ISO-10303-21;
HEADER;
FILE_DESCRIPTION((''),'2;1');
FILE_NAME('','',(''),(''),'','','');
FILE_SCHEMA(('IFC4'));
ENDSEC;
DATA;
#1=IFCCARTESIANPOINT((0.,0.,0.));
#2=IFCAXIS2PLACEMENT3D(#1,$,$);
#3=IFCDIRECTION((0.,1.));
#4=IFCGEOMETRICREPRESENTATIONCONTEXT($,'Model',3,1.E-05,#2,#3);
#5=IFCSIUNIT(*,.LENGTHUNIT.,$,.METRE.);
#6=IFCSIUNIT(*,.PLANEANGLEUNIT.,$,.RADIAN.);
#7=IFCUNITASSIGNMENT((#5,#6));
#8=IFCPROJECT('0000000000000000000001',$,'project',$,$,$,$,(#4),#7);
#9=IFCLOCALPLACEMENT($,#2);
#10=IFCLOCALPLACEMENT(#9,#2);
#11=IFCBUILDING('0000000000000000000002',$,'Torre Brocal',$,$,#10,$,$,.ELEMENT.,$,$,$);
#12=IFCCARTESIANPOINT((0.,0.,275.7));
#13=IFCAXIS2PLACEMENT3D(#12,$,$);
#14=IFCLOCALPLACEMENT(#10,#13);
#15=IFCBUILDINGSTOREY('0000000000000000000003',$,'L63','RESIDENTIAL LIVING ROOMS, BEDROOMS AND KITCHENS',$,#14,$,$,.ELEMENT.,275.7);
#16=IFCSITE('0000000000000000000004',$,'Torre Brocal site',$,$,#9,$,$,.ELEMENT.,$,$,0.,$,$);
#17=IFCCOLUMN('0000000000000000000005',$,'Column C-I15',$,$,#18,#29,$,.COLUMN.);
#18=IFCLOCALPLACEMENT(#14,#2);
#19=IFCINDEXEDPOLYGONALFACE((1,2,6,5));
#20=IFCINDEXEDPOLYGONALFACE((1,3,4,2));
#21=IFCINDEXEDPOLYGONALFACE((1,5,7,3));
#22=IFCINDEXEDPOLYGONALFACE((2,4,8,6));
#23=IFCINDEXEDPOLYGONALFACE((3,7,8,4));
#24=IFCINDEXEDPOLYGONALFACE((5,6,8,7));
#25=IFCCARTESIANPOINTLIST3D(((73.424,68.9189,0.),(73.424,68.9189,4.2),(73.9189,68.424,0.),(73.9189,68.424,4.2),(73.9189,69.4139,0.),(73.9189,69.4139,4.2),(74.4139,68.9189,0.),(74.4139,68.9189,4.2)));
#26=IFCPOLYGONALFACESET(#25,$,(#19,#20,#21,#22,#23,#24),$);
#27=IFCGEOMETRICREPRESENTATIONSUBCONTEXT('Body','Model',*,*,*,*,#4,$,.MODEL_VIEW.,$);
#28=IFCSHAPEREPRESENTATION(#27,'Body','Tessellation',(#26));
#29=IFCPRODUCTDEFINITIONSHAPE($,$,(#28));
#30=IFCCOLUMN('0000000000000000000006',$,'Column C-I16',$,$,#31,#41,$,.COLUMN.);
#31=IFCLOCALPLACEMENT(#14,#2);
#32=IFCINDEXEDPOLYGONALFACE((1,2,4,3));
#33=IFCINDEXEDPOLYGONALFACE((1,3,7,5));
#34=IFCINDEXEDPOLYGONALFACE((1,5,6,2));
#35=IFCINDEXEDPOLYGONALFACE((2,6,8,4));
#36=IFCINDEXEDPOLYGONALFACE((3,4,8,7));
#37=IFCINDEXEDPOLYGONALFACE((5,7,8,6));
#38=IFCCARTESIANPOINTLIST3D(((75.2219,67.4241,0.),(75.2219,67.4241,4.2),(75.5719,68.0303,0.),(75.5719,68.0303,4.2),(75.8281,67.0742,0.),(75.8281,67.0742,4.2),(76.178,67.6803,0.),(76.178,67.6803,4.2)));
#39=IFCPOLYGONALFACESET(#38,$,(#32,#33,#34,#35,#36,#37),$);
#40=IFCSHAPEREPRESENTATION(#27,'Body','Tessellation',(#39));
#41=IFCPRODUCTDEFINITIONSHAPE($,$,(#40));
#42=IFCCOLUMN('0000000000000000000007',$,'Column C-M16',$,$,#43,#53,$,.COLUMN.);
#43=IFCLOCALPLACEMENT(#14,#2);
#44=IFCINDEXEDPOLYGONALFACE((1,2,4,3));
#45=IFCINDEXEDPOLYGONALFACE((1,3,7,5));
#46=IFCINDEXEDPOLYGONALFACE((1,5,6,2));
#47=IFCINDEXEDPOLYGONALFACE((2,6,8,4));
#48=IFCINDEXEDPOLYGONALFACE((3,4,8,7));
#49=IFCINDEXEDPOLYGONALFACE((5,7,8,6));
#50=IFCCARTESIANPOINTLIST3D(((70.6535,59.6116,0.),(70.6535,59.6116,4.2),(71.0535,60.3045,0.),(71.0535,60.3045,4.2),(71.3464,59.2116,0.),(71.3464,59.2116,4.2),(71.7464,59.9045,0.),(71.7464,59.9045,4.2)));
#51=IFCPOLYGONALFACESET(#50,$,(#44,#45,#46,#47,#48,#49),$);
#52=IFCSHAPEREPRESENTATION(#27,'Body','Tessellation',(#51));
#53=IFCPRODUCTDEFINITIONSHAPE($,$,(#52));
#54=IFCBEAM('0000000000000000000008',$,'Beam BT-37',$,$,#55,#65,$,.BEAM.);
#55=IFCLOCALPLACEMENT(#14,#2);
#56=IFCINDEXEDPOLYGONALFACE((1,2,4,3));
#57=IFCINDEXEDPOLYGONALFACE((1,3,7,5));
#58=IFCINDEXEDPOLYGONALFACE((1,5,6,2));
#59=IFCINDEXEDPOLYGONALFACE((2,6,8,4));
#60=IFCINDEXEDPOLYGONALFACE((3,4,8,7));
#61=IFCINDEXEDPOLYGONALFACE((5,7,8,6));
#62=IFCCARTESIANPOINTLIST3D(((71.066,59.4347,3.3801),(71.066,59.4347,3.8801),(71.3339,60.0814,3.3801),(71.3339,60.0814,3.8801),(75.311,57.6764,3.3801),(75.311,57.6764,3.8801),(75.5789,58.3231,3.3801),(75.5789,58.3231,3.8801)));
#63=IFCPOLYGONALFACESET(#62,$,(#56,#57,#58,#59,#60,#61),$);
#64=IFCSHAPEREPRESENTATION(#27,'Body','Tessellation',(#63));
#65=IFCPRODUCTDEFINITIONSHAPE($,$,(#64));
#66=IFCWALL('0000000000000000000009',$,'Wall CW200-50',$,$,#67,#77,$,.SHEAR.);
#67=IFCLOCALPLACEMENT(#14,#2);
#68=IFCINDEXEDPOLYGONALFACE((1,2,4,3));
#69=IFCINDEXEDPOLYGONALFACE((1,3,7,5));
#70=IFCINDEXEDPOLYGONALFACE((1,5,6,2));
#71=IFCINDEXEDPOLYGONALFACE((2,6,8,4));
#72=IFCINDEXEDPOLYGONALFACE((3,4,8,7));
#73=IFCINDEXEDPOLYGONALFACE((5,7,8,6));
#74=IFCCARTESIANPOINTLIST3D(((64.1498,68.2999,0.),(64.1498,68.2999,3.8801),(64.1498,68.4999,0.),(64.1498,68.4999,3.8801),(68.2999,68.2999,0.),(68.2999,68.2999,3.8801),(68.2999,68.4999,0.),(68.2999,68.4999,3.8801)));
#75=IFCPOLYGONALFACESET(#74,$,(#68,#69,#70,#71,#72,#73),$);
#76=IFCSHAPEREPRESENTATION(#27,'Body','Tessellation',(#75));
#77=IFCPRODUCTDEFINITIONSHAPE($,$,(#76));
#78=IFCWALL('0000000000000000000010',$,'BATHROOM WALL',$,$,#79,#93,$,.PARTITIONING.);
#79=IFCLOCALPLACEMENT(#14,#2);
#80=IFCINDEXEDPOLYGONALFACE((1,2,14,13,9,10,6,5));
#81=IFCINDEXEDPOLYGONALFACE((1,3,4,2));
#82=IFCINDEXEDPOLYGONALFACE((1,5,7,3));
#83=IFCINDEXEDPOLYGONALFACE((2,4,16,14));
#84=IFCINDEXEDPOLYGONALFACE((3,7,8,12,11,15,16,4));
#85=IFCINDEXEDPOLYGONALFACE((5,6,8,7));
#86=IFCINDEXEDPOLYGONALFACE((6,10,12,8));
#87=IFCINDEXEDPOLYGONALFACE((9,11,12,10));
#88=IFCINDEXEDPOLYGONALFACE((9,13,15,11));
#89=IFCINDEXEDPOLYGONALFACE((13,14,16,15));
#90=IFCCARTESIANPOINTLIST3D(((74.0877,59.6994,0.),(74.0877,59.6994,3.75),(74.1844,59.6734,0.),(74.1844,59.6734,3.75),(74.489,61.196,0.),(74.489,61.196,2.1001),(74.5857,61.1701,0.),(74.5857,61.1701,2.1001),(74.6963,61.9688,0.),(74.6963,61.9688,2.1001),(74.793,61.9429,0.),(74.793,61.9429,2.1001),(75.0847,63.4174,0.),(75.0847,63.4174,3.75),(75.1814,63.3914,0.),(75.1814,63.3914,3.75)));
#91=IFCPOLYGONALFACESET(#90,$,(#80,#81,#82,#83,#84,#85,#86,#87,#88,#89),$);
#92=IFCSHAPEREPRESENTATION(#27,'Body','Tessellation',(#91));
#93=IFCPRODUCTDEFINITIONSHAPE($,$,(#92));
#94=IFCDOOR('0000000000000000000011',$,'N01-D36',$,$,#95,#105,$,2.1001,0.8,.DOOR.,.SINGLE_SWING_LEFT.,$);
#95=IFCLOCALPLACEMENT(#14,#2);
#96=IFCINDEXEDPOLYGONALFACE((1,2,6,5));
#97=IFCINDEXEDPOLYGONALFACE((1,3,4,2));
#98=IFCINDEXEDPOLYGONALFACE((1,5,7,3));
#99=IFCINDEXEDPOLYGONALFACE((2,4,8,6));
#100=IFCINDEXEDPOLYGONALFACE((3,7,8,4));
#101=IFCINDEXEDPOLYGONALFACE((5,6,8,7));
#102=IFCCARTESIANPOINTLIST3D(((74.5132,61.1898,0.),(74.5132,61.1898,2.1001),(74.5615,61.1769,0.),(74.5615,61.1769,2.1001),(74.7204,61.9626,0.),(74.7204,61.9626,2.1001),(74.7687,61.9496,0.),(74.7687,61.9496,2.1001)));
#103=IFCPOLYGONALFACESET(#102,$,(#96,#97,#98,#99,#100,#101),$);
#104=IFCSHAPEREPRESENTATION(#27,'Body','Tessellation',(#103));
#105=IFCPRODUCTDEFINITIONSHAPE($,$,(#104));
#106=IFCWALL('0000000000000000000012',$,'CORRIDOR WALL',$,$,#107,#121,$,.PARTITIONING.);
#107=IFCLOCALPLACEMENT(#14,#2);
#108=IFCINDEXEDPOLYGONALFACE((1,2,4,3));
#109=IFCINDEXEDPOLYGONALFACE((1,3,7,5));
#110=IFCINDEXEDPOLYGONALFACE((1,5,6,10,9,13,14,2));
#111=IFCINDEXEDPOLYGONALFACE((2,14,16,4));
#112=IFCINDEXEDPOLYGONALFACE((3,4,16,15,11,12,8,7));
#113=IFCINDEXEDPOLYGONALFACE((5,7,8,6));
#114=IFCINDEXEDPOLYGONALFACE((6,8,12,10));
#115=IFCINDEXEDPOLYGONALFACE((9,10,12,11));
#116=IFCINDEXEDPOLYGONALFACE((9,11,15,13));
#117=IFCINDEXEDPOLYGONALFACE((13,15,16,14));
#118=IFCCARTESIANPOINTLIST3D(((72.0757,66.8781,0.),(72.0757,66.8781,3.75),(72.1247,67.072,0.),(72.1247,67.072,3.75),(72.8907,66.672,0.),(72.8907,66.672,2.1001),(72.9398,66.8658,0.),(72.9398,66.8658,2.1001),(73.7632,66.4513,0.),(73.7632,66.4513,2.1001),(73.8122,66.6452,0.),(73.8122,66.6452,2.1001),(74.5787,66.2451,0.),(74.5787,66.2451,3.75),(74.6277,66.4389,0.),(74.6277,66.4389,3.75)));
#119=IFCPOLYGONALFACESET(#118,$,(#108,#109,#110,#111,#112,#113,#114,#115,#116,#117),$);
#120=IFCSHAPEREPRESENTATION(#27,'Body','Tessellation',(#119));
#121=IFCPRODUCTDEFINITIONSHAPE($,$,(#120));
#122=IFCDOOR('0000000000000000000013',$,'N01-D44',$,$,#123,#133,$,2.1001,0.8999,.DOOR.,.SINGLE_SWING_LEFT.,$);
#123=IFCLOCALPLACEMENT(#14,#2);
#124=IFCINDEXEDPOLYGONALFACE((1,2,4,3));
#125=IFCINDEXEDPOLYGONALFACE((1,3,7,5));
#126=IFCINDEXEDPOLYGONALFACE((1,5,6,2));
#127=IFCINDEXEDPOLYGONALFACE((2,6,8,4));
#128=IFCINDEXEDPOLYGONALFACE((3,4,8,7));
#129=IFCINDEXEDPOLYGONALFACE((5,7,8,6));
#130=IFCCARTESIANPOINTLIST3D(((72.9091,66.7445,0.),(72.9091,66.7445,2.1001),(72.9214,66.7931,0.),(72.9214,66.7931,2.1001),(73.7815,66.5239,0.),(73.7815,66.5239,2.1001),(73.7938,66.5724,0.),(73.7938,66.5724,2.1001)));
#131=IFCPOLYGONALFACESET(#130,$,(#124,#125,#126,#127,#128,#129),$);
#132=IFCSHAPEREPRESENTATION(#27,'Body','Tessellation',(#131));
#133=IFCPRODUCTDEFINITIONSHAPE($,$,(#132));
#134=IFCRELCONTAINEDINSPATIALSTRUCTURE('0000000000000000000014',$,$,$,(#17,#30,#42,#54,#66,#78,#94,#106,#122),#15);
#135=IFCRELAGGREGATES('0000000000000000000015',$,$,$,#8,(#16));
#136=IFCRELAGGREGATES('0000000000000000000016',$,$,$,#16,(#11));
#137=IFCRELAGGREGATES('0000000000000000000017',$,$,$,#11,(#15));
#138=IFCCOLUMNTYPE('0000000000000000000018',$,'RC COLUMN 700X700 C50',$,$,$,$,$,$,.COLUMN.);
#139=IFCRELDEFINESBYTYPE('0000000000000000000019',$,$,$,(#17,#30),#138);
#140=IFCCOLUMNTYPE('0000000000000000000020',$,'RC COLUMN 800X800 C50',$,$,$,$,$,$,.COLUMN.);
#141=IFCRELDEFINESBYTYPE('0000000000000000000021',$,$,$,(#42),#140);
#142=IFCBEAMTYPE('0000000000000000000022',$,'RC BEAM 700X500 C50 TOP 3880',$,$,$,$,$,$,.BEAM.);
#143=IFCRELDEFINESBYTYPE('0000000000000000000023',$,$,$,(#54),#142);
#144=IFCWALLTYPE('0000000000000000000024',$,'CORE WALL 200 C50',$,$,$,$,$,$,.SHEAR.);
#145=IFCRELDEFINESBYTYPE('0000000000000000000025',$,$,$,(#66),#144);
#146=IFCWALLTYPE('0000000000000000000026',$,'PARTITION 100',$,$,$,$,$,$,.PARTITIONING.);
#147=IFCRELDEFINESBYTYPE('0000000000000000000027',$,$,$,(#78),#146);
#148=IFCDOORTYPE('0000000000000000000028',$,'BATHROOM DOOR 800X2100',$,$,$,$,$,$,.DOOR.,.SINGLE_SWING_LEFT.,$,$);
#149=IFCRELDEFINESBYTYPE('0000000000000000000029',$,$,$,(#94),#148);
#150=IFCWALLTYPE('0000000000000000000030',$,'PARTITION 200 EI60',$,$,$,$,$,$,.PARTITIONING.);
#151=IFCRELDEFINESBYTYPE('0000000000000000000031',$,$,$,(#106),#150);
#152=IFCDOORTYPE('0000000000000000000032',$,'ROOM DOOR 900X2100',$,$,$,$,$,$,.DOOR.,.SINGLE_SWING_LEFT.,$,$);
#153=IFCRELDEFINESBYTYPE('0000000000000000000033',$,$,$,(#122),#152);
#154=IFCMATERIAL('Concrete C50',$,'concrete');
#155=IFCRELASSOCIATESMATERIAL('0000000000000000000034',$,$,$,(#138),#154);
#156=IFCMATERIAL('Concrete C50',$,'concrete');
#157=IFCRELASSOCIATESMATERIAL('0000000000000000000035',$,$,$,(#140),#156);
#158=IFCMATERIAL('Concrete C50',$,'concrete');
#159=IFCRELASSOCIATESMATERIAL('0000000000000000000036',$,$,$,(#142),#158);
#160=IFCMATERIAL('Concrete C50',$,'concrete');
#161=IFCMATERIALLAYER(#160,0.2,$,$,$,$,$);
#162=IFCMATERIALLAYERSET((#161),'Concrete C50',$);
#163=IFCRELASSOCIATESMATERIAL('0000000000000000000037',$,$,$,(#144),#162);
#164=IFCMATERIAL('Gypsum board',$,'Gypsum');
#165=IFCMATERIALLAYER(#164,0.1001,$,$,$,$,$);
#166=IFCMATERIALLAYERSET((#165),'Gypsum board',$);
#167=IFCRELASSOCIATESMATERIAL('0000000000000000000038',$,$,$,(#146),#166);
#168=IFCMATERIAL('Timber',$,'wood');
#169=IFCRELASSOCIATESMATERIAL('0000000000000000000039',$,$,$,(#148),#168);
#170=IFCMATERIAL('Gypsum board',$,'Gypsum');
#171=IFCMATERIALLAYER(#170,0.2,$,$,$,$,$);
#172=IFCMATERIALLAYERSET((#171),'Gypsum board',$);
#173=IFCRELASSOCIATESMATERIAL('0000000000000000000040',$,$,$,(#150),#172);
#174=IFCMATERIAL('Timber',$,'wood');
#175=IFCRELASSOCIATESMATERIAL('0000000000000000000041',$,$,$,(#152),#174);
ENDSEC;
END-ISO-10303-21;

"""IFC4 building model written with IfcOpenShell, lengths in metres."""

from ifc_helpers import new_model, si_unit, direction, frame, frame_2d, origin, origin_2d, place, context, subcontext, project, spatial, rectangle, extrude, material, layer, layer_set, material_profile, profile_set, type_object, element, fill, save


model = new_model("IFC4")

# Units and contexts
model_context = context("Model", 3, precision=1e-05, world=origin(), true_north=direction((0.0, 1.0)))
body_context = subcontext(model_context, "Body", "Model", "MODEL_VIEW")
ifc_project = project(units=[si_unit("LENGTHUNIT", "METRE"), si_unit("PLANEANGLEUNIT", "RADIAN")], contexts=[model_context])

# Site, building, storey
site_placement = place(None, origin())
site = spatial("IfcSite", under=ifc_project, at=site_placement, Name="Torre Brocal site", CompositionType="ELEMENT", RefElevation=0.0)
building_placement = place(site_placement, origin())
building = spatial("IfcBuilding", under=site, at=building_placement, Name="Torre Brocal", CompositionType="ELEMENT")
storey_placement = place(building_placement, frame((0.0, 0.0, 275.7)))
storey = spatial("IfcBuildingStorey", under=building, at=storey_placement, Name="L63", Description="RESIDENTIAL LIVING ROOMS, BEDROOMS AND KITCHENS", CompositionType="ELEMENT", Elevation=275.7)

# Columns
ifc_material_1 = material(Name="Concrete C50", Category="concrete")
ifc_material_profile_1 = material_profile(ifc_material_1, rectangle(XDim=0.7, YDim=0.7, at=origin_2d()), Name="RC 700X700")
ifc_profile_set_1 = profile_set([ifc_material_profile_1], Name="Concrete C50")
column_type_1 = type_object("IfcColumnType", Name="RC COLUMN 700X700 C50", PredefinedType="COLUMN", material=ifc_profile_set_1)
for number, where, z_axis, x_axis, name in (
    (1, (73.9189, 68.9189, 0.0), (0.0, 0.0, 1.0), (-0.707107, -0.707107, 0.0), "Column C-I15"),
    (2, (75.7, 67.5522, 0.0), (0.0, 0.0, 1.0), (-0.5, -0.866025, 0.0), "Column C-I16"),
):
    element("IfcColumn", number, at=place(storey_placement, frame(where, z_axis=z_axis, x_axis=x_axis)), inside=storey, type_object=column_type_1, Name=name, PredefinedType="COLUMN", context=body_context, shape_type="SweptSolid", body=[
        extrude(rectangle(XDim=0.7, YDim=0.7, at=origin_2d()), origin(), (0.0, 0.0, 1.0), 4.2),
    ])
ifc_material_2 = material(Name="Concrete C50", Category="concrete")
ifc_material_profile_2 = material_profile(ifc_material_2, rectangle(XDim=0.8, YDim=0.8, at=origin_2d()), Name="RC 800X800")
ifc_profile_set_2 = profile_set([ifc_material_profile_2], Name="Concrete C50")
column_type_2 = type_object("IfcColumnType", Name="RC COLUMN 800X800 C50", PredefinedType="COLUMN", material=ifc_profile_set_2)
column_placement = place(storey_placement, frame((71.2, 59.7581, 0.0), z_axis=(0.0, 0.0, 1.0), x_axis=(-0.5, -0.866025, 0.0)))
element("IfcColumn", 3, at=column_placement, inside=storey, type_object=column_type_2, Name="Column C-M16", PredefinedType="COLUMN", context=body_context, shape_type="SweptSolid", body=[
    extrude(rectangle(XDim=0.8, YDim=0.8, at=origin_2d()), origin(), (0.0, 0.0, 1.0), 4.2),
])

# Beam
ifc_material_3 = material(Name="Concrete C50", Category="concrete")
ifc_material_profile_3 = material_profile(ifc_material_3, rectangle(XDim=0.7, YDim=0.5, at=origin_2d()), Name="RC 700X500")
ifc_profile_set_3 = profile_set([ifc_material_profile_3], Name="Concrete C50")
beam_type = type_object("IfcBeamType", Name="RC BEAM 700X500 C50 TOP 3880", PredefinedType="BEAM", material=ifc_profile_set_3)
beam_placement = place(storey_placement, frame((71.2, 59.7581, 3.6301), z_axis=(0.923878, -0.382687, 0.0), x_axis=(0.382687, 0.923878, 0.0)))
element("IfcBeam", 4, at=beam_placement, inside=storey, type_object=beam_type, Name="Beam BT-37", PredefinedType="BEAM", context=body_context, shape_type="SweptSolid", body=[
    extrude(rectangle(XDim=0.7, YDim=0.5, at=origin_2d()), origin(), (0.0, 0.0, 1.0), 4.5947),
])

# Wall
ifc_material_4 = material(Name="Concrete C50", Category="concrete")
ifc_layer_1 = layer(ifc_material_4, 0.2)
ifc_layer_set_1 = layer_set([ifc_layer_1], Name="Concrete C50")
wall_type_1 = type_object("IfcWallType", Name="CORE WALL 200 C50", PredefinedType="SHEAR", material=ifc_layer_set_1)
wall_1_placement = place(storey_placement, frame((68.3, 68.3999, 0.0), z_axis=(0.0, 0.0, 1.0), x_axis=(-1.0, 0.0, 0.0)))
element("IfcWall", 5, at=wall_1_placement, inside=storey, type_object=wall_type_1, Name="Wall CW200-50", PredefinedType="SHEAR", context=body_context, shape_type="SweptSolid", body=[
    extrude(rectangle(XDim=4.1501, YDim=0.2, at=frame_2d((2.0752, 0.0))), origin(), (0.0, 0.0, 1.0), 3.8801),
])

# Walls, openings, doors
ifc_material_5 = material(Name="Gypsum board", Category="Gypsum")
ifc_layer_2 = layer(ifc_material_5, 0.1001)
ifc_layer_set_2 = layer_set([ifc_layer_2], Name="Gypsum board")
wall_type_2 = type_object("IfcWallType", Name="PARTITION 100", PredefinedType="PARTITIONING", material=ifc_layer_set_2)
wall_2_placement = place(storey_placement, frame((74.136, 59.6863, 0.0), z_axis=(0.0, 0.0, 1.0), x_axis=(0.25902, 0.965872, 0.0)))
wall_2 = element("IfcWall", 6, at=wall_2_placement, inside=storey, type_object=wall_type_2, Name="BATHROOM WALL", PredefinedType="PARTITIONING", context=body_context, shape_type="SweptSolid", body=[
    extrude(rectangle(XDim=3.8494, YDim=0.1001, at=frame_2d((1.9248, 0.0))), origin(), (0.0, 0.0, 1.0), 3.75),
])
opening_1_placement = place(wall_2_placement, frame((1.5498, 0.0, 0.0)))
opening_1 = element("IfcOpeningElement", 7, at=opening_1_placement, cuts=wall_2, PredefinedType="OPENING", context=body_context, shape_type="SweptSolid", body=[
    extrude(rectangle(XDim=0.8, YDim=2.1001, at=frame_2d((0.3999, 1.05))), frame((0.0, 0.0601, 0.0), z_axis=(0.0, -1.0, 0.0), x_axis=(1.0, 0.0, 0.0)), (0.0, 0.0, 1.0), 0.1201),
])
ifc_material_6 = material(Name="Timber", Category="wood")
door_type_1 = type_object("IfcDoorType", Name="BATHROOM DOOR 800X2100", OperationType="SINGLE_SWING_LEFT", PredefinedType="DOOR", material=ifc_material_6)
door_1_placement = place(opening_1_placement, frame((0.8, 0.0, 0.0), z_axis=(0.0, 0.0, 1.0), x_axis=(-1.0, 0.0, 0.0)))
door_1 = element("IfcDoor", 8, at=door_1_placement, inside=storey, type_object=door_type_1, Name="N01-D36", OperationType="SINGLE_SWING_LEFT", OverallHeight=2.1001, OverallWidth=0.8, PredefinedType="DOOR", context=body_context, shape_type="SweptSolid", body=[
    extrude(rectangle(XDim=0.8, YDim=2.1001, at=frame_2d((0.3999, 1.05))), frame((0.0, 0.0249, 0.0), z_axis=(0.0, -1.0, 0.0), x_axis=(1.0, 0.0, 0.0)), (0.0, 0.0, 1.0), 0.05),
])
fill(opening_1, door_1)
ifc_material_7 = material(Name="Gypsum board", Category="Gypsum")
ifc_layer_3 = layer(ifc_material_7, 0.2)
ifc_layer_set_3 = layer_set([ifc_layer_3], Name="Gypsum board")
wall_type_3 = type_object("IfcWallType", Name="PARTITION 200 EI60", PredefinedType="PARTITIONING", material=ifc_layer_set_3)
wall_3_placement = place(storey_placement, frame((72.1001, 66.9751, 0.0), z_axis=(0.0, 0.0, 1.0), x_axis=(0.969471, -0.245205, 0.0)))
wall_3 = element("IfcWall", 9, at=wall_3_placement, inside=storey, type_object=wall_type_3, Name="CORRIDOR WALL", PredefinedType="PARTITIONING", context=body_context, shape_type="SweptSolid", body=[
    extrude(rectangle(XDim=2.5818, YDim=0.2, at=frame_2d((1.291, 0.0))), origin(), (0.0, 0.0, 1.0), 3.75),
])
opening_2_placement = place(wall_3_placement, frame((0.8408, 0.0, 0.0)))
opening_2 = element("IfcOpeningElement", 10, at=opening_2_placement, cuts=wall_3, PredefinedType="OPENING", context=body_context, shape_type="SweptSolid", body=[
    extrude(rectangle(XDim=0.8999, YDim=2.1001, at=frame_2d((0.45, 1.05))), frame((0.0, 0.1099, 0.0), z_axis=(0.0, -1.0, 0.0), x_axis=(1.0, 0.0, 0.0)), (0.0, 0.0, 1.0), 0.22),
])
ifc_material_8 = material(Name="Timber", Category="wood")
door_type_2 = type_object("IfcDoorType", Name="ROOM DOOR 900X2100", OperationType="SINGLE_SWING_LEFT", PredefinedType="DOOR", material=ifc_material_8)
door_2_placement = place(opening_2_placement, origin())
door_2 = element("IfcDoor", 11, at=door_2_placement, inside=storey, type_object=door_type_2, Name="N01-D44", OperationType="SINGLE_SWING_LEFT", OverallHeight=2.1001, OverallWidth=0.8999, PredefinedType="DOOR", context=body_context, shape_type="SweptSolid", body=[
    extrude(rectangle(XDim=0.8999, YDim=2.1001, at=frame_2d((0.45, 1.05))), frame((0.0, 0.0249, 0.0), z_axis=(0.0, -1.0, 0.0), x_axis=(1.0, 0.0, 0.0)), (0.0, 0.0, 1.0), 0.05),
])
fill(opening_2, door_2)

save(model, "model.ifc")
